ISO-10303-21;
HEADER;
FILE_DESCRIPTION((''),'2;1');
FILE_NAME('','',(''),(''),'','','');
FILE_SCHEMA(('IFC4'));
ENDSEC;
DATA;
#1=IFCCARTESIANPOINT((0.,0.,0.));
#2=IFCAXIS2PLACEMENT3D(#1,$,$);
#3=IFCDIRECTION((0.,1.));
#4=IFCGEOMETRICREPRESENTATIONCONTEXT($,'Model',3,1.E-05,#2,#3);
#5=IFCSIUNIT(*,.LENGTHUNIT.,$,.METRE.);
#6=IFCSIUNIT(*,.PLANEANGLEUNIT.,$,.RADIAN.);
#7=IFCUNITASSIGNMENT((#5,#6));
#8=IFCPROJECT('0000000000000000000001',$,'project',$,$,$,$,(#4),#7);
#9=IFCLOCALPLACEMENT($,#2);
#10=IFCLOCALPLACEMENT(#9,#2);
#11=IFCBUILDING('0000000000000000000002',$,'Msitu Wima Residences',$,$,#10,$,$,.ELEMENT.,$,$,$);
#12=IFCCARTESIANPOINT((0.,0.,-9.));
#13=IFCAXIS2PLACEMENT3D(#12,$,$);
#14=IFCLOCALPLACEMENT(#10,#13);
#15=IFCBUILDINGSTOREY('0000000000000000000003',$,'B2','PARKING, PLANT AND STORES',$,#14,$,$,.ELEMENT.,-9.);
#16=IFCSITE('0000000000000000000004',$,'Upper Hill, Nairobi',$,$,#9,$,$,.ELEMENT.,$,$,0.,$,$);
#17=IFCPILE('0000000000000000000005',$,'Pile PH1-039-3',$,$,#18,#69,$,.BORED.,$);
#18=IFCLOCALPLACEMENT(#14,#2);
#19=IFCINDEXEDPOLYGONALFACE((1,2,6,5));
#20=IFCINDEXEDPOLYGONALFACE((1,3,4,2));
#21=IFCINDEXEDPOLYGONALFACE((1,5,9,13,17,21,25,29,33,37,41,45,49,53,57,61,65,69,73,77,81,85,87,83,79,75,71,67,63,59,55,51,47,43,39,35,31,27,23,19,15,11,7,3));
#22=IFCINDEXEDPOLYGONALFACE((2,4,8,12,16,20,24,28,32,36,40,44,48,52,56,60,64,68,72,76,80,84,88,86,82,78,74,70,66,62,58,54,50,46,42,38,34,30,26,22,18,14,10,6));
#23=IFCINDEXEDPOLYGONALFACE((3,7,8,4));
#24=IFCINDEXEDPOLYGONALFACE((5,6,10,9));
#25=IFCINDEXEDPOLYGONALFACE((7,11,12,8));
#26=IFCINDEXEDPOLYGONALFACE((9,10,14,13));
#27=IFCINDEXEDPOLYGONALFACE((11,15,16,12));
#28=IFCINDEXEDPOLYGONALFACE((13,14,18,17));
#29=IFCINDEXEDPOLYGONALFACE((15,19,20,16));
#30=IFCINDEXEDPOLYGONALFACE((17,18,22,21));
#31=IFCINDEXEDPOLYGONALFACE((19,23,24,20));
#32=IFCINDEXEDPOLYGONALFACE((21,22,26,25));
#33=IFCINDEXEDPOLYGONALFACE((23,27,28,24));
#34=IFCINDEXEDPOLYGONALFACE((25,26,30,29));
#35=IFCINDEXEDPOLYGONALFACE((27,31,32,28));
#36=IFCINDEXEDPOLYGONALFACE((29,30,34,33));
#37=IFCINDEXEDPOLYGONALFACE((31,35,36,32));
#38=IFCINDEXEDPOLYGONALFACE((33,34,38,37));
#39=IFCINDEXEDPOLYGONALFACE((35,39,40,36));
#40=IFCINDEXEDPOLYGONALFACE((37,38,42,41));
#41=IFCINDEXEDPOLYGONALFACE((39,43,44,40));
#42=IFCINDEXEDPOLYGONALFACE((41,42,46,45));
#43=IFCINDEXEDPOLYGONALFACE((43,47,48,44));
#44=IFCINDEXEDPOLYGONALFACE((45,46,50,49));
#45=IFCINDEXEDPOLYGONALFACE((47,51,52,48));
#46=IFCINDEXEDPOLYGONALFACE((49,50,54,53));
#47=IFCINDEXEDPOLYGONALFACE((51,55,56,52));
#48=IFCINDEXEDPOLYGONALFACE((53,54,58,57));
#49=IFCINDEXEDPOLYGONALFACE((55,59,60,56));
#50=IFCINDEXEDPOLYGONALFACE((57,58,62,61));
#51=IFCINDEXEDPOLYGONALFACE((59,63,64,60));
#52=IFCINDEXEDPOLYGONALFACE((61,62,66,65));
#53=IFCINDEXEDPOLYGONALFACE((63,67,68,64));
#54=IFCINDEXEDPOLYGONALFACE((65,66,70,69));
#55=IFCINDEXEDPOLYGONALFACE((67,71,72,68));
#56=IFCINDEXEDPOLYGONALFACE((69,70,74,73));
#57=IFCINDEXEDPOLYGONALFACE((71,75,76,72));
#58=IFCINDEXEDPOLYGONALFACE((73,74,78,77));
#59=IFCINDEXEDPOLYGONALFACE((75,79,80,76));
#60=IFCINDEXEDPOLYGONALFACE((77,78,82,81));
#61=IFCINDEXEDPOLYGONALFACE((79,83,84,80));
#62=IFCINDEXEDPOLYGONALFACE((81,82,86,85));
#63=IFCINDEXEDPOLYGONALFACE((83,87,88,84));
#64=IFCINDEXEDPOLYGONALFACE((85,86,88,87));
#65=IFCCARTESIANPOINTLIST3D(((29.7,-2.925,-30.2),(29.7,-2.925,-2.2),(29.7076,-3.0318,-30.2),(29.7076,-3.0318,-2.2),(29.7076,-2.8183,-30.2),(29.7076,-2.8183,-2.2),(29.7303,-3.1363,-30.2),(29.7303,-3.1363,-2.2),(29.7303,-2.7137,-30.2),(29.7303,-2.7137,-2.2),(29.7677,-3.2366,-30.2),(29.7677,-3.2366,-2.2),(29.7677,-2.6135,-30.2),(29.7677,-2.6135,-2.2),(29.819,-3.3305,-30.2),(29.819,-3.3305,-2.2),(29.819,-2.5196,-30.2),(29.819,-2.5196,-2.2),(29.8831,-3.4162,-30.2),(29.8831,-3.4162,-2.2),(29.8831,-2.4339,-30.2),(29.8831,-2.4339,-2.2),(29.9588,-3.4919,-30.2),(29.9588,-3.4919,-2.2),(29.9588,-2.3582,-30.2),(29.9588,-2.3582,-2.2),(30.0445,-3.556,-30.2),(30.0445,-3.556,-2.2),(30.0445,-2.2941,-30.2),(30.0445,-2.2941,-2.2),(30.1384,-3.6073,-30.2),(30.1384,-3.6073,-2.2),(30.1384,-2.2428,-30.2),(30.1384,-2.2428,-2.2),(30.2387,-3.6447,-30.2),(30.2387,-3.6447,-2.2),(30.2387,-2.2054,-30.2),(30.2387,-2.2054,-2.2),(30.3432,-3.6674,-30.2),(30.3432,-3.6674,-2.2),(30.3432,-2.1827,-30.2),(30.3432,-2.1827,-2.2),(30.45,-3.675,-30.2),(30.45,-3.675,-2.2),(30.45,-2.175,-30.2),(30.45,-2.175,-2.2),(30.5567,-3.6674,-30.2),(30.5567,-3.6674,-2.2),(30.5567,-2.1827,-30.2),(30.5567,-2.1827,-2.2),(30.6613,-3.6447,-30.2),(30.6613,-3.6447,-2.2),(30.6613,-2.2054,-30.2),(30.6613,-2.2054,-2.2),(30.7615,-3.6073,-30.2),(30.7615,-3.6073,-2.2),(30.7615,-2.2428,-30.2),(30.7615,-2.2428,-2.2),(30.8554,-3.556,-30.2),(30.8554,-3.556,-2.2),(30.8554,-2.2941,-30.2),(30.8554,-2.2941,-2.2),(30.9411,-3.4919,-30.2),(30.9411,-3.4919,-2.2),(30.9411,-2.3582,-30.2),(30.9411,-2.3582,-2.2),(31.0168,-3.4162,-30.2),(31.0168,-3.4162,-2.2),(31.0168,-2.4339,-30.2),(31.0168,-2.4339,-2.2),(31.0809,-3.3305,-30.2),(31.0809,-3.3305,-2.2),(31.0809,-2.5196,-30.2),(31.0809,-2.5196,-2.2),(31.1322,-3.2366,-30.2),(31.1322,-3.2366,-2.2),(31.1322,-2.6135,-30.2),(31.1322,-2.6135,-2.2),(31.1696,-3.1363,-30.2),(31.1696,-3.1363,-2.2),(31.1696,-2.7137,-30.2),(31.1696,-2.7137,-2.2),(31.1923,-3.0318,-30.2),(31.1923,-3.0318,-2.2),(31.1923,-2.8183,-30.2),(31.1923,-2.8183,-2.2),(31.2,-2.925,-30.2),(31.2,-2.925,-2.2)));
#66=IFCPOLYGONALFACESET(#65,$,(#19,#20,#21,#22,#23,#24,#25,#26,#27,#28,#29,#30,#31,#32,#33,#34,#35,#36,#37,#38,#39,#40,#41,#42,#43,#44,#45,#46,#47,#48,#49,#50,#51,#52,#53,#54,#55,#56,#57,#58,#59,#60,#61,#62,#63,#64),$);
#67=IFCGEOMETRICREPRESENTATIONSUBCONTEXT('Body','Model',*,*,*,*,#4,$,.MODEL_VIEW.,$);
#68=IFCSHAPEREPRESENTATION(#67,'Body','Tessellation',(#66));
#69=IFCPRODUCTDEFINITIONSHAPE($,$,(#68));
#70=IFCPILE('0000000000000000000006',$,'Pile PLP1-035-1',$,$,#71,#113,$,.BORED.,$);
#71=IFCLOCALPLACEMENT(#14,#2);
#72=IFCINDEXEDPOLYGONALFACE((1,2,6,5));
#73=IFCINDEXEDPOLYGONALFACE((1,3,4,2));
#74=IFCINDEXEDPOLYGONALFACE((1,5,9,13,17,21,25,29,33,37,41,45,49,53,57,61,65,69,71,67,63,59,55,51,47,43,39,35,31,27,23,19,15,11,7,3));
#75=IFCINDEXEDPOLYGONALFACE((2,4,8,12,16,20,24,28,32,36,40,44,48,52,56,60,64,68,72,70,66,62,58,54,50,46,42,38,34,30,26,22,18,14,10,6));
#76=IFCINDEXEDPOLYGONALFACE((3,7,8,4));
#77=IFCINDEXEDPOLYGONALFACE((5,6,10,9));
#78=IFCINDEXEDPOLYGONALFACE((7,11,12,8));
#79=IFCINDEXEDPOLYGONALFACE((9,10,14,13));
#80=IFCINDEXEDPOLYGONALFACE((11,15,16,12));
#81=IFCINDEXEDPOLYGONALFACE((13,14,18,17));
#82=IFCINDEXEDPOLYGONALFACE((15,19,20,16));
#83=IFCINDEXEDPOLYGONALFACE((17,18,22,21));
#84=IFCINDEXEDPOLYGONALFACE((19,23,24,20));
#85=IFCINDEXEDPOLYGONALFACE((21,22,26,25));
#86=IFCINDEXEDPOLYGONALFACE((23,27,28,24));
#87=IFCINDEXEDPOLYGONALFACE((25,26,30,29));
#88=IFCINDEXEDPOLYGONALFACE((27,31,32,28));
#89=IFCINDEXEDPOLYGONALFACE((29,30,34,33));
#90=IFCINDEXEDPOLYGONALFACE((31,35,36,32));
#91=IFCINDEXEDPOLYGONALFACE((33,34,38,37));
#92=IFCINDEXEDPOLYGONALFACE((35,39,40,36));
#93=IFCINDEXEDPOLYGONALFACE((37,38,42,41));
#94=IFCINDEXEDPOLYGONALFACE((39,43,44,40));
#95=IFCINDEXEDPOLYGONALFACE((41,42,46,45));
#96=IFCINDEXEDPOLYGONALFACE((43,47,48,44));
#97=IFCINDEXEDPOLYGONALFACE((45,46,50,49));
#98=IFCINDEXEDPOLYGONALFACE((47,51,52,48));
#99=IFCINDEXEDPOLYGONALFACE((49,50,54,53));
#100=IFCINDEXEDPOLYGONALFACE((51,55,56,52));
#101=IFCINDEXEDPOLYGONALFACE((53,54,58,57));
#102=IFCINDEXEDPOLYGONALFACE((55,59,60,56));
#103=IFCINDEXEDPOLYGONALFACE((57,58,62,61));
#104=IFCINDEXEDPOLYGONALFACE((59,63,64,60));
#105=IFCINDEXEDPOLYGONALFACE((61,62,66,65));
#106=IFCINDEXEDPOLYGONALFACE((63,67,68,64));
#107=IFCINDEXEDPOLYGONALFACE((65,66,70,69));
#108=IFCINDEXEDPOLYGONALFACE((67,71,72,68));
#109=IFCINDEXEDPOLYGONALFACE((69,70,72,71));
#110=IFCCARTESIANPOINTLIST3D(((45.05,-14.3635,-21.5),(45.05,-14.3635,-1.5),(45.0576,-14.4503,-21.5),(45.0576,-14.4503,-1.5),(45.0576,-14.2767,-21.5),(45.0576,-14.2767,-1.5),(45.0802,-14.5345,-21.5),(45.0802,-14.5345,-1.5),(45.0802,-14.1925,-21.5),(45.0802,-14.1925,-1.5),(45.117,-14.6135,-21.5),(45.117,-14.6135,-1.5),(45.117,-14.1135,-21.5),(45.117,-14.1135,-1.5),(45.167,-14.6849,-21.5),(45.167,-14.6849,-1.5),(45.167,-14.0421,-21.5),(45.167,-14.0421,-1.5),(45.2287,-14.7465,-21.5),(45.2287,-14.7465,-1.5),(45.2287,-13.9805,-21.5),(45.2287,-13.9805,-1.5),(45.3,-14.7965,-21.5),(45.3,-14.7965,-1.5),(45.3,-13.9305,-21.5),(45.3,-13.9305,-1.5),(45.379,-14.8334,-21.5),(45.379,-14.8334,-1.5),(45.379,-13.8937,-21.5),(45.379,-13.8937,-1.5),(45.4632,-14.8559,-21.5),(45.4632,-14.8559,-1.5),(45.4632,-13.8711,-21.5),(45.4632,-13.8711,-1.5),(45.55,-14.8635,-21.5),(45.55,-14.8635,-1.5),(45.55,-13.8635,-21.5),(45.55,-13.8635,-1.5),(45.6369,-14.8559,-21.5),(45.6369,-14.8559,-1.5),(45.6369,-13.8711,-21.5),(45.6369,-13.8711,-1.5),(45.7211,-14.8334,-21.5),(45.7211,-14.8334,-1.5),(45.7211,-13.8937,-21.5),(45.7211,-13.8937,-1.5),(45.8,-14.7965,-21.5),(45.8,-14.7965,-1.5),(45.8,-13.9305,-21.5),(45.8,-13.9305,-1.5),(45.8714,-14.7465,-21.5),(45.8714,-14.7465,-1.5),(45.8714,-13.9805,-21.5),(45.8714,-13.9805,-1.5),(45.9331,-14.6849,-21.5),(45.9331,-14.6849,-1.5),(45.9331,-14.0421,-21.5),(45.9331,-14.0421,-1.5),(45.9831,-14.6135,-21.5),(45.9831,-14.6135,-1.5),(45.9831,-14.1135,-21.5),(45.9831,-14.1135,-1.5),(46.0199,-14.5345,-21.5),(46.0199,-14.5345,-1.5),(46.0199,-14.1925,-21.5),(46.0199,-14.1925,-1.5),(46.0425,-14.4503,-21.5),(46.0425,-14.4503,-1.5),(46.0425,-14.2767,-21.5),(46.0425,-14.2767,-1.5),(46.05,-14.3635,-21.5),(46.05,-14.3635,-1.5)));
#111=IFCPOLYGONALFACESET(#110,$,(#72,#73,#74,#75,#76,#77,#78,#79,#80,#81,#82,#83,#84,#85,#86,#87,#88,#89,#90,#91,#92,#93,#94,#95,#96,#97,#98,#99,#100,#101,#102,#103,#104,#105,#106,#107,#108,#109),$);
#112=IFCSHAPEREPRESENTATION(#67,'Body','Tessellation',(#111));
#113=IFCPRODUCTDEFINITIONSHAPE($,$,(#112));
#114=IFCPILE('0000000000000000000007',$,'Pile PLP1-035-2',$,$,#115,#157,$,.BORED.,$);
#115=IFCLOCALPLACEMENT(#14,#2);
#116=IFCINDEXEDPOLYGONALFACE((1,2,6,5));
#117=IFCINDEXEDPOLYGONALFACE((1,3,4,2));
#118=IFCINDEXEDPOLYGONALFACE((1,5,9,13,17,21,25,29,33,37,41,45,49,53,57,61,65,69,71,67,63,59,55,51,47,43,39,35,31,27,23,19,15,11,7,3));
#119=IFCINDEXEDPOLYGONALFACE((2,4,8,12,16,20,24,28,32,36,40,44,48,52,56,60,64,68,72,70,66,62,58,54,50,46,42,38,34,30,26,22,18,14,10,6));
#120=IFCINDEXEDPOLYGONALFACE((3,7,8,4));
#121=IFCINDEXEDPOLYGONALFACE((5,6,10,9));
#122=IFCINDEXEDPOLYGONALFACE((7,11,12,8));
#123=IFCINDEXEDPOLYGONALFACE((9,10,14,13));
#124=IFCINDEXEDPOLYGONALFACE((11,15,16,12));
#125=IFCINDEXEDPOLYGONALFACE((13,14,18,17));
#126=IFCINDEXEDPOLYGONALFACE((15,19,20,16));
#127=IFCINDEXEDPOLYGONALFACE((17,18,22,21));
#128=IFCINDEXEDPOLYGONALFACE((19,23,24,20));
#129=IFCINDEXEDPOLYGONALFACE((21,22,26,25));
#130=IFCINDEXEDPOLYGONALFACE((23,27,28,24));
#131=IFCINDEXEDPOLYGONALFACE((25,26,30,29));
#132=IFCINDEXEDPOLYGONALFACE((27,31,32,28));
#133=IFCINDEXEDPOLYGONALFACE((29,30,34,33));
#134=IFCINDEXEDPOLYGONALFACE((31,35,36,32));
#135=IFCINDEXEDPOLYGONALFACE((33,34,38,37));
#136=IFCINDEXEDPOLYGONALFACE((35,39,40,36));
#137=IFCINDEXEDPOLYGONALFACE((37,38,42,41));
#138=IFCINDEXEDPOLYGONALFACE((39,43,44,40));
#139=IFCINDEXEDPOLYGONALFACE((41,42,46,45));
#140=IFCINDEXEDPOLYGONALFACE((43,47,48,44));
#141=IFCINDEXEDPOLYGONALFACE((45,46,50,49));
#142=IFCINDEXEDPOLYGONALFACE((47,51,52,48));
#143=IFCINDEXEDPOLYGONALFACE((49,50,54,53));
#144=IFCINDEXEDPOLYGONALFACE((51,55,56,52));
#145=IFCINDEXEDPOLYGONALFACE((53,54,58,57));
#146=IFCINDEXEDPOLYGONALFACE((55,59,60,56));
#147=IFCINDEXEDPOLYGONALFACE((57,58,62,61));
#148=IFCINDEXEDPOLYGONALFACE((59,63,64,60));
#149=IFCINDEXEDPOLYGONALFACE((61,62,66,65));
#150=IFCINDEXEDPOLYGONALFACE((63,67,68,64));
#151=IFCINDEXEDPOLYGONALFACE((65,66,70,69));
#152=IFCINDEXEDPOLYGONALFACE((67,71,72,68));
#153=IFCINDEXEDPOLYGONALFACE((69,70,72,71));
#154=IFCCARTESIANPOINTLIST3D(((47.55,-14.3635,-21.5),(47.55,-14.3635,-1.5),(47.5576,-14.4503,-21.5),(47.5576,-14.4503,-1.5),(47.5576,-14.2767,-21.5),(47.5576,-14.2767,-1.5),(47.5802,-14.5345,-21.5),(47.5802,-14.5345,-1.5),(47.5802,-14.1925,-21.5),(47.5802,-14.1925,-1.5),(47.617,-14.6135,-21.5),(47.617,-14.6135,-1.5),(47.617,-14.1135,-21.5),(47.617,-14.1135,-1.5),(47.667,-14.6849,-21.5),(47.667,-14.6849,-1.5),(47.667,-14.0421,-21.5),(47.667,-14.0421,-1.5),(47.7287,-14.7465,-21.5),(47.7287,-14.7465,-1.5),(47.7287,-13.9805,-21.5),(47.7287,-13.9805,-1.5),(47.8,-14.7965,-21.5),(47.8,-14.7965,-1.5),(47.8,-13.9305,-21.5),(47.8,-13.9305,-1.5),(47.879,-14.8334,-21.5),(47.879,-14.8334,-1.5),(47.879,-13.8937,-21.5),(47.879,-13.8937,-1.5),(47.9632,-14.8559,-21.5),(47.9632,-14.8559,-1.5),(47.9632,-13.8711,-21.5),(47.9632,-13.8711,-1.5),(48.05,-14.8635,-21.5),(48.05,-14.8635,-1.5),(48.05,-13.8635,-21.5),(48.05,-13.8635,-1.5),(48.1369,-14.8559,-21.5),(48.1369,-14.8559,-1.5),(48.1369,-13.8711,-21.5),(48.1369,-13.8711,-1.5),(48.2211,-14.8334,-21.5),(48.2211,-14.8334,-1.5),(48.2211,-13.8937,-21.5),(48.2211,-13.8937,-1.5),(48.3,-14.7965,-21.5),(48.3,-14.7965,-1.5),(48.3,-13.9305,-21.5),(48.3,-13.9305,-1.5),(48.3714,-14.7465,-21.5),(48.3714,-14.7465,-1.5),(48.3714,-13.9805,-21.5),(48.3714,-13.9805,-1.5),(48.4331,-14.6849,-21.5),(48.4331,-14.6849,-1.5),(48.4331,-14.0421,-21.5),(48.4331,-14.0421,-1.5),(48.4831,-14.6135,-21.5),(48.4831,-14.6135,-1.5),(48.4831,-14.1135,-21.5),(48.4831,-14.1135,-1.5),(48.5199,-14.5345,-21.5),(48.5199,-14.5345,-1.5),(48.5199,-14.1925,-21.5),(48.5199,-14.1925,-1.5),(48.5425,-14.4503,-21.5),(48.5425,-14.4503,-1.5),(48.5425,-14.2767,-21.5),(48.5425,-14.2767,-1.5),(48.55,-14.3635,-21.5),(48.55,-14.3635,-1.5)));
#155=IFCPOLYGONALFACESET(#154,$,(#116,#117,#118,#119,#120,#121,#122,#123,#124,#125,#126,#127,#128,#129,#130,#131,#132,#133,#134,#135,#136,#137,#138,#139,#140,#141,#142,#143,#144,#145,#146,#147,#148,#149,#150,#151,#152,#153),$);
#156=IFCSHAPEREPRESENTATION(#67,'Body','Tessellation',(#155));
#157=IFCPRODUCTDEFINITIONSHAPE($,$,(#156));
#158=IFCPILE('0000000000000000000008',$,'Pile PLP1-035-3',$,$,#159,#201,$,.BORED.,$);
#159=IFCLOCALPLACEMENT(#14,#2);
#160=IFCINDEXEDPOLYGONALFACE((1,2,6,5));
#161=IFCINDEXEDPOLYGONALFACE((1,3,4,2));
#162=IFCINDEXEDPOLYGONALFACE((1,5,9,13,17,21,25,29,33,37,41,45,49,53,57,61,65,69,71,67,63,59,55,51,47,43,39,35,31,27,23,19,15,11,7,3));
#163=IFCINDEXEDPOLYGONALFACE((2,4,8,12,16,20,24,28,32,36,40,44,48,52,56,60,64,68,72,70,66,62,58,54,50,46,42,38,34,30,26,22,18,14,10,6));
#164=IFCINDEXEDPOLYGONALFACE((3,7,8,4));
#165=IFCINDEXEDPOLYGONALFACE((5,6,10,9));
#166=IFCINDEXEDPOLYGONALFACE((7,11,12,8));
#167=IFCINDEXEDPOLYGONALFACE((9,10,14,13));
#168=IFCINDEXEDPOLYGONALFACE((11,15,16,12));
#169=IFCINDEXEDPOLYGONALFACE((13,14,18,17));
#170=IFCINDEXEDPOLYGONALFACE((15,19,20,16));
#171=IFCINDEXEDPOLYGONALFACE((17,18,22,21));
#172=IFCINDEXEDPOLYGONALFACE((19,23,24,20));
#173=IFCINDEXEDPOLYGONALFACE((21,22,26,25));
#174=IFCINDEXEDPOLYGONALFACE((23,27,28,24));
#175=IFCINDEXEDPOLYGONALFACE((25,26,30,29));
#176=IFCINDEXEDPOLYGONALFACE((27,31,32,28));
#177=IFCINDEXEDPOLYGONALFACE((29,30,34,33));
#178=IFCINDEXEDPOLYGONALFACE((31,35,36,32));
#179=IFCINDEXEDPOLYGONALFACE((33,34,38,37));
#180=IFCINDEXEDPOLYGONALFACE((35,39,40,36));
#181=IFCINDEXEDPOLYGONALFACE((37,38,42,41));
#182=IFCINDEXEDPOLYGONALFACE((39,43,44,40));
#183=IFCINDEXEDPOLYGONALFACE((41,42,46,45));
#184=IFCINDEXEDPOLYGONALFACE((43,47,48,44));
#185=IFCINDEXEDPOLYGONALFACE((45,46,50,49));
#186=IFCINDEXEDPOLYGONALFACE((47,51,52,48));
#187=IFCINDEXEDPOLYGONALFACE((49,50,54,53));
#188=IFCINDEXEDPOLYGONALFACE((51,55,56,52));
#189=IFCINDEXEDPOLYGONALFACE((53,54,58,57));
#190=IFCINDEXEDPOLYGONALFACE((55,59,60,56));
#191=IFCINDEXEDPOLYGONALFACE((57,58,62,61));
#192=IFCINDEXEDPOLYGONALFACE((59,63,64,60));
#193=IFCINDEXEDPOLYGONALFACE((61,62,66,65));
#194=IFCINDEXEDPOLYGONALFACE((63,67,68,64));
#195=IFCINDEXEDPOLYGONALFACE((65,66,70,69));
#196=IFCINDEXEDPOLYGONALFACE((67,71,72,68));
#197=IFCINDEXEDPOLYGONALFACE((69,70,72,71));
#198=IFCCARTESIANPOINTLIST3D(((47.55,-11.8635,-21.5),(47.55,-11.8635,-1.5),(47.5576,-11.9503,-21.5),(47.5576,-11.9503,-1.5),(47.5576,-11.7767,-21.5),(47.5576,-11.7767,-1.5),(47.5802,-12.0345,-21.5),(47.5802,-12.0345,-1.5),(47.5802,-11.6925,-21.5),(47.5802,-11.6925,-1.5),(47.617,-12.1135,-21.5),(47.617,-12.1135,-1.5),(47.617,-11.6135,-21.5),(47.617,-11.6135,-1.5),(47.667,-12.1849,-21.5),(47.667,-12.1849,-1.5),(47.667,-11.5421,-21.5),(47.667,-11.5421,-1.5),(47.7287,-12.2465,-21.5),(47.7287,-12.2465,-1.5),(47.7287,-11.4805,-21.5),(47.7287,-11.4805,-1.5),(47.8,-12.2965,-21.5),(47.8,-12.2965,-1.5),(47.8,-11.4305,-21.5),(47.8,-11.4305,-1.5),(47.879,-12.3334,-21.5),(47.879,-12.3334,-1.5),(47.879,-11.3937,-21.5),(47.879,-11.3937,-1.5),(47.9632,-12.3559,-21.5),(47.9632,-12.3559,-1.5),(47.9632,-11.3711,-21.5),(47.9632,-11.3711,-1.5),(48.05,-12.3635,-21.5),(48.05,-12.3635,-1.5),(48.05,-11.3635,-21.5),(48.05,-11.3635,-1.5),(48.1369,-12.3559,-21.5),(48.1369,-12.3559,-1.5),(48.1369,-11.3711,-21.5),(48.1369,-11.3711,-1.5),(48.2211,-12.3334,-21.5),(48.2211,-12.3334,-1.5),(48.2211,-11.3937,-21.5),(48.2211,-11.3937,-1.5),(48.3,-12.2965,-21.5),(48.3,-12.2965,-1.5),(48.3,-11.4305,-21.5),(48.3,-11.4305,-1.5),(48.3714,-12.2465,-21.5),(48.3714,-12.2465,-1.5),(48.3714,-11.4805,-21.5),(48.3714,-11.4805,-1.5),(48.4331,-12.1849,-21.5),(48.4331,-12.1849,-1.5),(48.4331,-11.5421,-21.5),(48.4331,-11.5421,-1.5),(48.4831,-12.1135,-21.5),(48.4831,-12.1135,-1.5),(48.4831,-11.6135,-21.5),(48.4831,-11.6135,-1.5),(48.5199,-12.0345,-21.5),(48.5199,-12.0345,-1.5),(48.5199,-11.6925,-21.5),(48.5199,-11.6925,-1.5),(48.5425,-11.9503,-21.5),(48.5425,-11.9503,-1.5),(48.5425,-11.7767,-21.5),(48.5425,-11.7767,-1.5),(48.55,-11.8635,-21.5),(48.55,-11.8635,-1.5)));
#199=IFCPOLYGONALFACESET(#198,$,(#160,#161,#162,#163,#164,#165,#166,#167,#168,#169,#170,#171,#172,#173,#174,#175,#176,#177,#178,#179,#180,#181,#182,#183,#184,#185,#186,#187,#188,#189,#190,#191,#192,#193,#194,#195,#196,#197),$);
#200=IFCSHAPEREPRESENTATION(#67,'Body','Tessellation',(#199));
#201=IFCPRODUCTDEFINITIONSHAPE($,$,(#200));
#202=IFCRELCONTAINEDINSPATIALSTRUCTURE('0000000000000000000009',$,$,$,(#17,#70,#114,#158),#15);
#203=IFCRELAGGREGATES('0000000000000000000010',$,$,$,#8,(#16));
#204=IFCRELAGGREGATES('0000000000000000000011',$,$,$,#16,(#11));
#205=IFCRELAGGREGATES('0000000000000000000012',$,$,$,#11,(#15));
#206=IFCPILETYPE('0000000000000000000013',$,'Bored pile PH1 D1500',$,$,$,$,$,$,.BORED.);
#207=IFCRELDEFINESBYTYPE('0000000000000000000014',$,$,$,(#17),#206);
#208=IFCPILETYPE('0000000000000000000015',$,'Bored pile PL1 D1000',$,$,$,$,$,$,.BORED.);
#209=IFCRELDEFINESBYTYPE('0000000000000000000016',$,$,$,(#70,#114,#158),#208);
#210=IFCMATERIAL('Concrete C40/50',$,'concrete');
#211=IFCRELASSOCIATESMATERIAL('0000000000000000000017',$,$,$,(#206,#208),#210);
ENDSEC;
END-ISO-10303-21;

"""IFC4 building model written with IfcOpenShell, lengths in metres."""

from ifc_helpers import new_model, si_unit, direction, frame, origin, origin_2d, place, context, subcontext, project, spatial, circle, extrude, material, type_object, element, save


model = new_model("IFC4")

# Units and contexts
model_context = context("Model", 3, precision=1e-05, world=origin(), true_north=direction((0.0, 1.0)))
body_context = subcontext(model_context, "Body", "Model", "MODEL_VIEW")
ifc_project = project(units=[si_unit("LENGTHUNIT", "METRE"), si_unit("PLANEANGLEUNIT", "RADIAN")], contexts=[model_context])

# Site, building, storey
site_placement = place(None, origin())
site = spatial("IfcSite", under=ifc_project, at=site_placement, Name="Upper Hill, Nairobi", CompositionType="ELEMENT", RefElevation=0.0)
building_placement = place(site_placement, origin())
building = spatial("IfcBuilding", under=site, at=building_placement, Name="Msitu Wima Residences", CompositionType="ELEMENT")
storey_placement = place(building_placement, frame((0.0, 0.0, -9.0)))
storey = spatial("IfcBuildingStorey", under=building, at=storey_placement, Name="B2", Description="PARKING, PLANT AND STORES", CompositionType="ELEMENT", Elevation=-9.0)

# Piles
ifc_material_1 = material(Name="Concrete C40/50", Category="concrete")
pile_type_1 = type_object("IfcPileType", Name="Bored pile PH1 D1500", PredefinedType="BORED", material=ifc_material_1)
for number, where, z_axis, x_axis, name in (
    (1, (30.45, -2.925, -2.2), (0.0, 0.0, -1.0), (1.0, 0.0, 0.0), "Pile PH1-039-3"),
):
    element("IfcPile", number, at=place(storey_placement, frame(where, z_axis=z_axis, x_axis=x_axis)), inside=storey, type_object=pile_type_1, Name=name, PredefinedType="BORED", context=body_context, shape_type="SweptSolid", body=[
        extrude(circle(Radius=0.75, at=origin_2d()), origin(), (0.0, 0.0, 1.0), 28.0),
    ])
pile_type_2 = type_object("IfcPileType", Name="Bored pile PL1 D1000", PredefinedType="BORED", material=ifc_material_1)
for number, where, z_axis, x_axis, name in (
    (2, (45.55, -14.3635, -1.5), (0.0, 0.0, -1.0), (1.0, 0.0, 0.0), "Pile PLP1-035-1"),
    (3, (48.05, -14.3635, -1.5), (0.0, 0.0, -1.0), (1.0, 0.0, 0.0), "Pile PLP1-035-2"),
    (4, (48.05, -11.8635, -1.5), (0.0, 0.0, -1.0), (1.0, 0.0, 0.0), "Pile PLP1-035-3"),
):
    element("IfcPile", number, at=place(storey_placement, frame(where, z_axis=z_axis, x_axis=x_axis)), inside=storey, type_object=pile_type_2, Name=name, PredefinedType="BORED", context=body_context, shape_type="SweptSolid", body=[
        extrude(circle(Radius=0.5, at=origin_2d()), origin(), (0.0, 0.0, 1.0), 20.0),
    ])

save(model, "model.ifc")
